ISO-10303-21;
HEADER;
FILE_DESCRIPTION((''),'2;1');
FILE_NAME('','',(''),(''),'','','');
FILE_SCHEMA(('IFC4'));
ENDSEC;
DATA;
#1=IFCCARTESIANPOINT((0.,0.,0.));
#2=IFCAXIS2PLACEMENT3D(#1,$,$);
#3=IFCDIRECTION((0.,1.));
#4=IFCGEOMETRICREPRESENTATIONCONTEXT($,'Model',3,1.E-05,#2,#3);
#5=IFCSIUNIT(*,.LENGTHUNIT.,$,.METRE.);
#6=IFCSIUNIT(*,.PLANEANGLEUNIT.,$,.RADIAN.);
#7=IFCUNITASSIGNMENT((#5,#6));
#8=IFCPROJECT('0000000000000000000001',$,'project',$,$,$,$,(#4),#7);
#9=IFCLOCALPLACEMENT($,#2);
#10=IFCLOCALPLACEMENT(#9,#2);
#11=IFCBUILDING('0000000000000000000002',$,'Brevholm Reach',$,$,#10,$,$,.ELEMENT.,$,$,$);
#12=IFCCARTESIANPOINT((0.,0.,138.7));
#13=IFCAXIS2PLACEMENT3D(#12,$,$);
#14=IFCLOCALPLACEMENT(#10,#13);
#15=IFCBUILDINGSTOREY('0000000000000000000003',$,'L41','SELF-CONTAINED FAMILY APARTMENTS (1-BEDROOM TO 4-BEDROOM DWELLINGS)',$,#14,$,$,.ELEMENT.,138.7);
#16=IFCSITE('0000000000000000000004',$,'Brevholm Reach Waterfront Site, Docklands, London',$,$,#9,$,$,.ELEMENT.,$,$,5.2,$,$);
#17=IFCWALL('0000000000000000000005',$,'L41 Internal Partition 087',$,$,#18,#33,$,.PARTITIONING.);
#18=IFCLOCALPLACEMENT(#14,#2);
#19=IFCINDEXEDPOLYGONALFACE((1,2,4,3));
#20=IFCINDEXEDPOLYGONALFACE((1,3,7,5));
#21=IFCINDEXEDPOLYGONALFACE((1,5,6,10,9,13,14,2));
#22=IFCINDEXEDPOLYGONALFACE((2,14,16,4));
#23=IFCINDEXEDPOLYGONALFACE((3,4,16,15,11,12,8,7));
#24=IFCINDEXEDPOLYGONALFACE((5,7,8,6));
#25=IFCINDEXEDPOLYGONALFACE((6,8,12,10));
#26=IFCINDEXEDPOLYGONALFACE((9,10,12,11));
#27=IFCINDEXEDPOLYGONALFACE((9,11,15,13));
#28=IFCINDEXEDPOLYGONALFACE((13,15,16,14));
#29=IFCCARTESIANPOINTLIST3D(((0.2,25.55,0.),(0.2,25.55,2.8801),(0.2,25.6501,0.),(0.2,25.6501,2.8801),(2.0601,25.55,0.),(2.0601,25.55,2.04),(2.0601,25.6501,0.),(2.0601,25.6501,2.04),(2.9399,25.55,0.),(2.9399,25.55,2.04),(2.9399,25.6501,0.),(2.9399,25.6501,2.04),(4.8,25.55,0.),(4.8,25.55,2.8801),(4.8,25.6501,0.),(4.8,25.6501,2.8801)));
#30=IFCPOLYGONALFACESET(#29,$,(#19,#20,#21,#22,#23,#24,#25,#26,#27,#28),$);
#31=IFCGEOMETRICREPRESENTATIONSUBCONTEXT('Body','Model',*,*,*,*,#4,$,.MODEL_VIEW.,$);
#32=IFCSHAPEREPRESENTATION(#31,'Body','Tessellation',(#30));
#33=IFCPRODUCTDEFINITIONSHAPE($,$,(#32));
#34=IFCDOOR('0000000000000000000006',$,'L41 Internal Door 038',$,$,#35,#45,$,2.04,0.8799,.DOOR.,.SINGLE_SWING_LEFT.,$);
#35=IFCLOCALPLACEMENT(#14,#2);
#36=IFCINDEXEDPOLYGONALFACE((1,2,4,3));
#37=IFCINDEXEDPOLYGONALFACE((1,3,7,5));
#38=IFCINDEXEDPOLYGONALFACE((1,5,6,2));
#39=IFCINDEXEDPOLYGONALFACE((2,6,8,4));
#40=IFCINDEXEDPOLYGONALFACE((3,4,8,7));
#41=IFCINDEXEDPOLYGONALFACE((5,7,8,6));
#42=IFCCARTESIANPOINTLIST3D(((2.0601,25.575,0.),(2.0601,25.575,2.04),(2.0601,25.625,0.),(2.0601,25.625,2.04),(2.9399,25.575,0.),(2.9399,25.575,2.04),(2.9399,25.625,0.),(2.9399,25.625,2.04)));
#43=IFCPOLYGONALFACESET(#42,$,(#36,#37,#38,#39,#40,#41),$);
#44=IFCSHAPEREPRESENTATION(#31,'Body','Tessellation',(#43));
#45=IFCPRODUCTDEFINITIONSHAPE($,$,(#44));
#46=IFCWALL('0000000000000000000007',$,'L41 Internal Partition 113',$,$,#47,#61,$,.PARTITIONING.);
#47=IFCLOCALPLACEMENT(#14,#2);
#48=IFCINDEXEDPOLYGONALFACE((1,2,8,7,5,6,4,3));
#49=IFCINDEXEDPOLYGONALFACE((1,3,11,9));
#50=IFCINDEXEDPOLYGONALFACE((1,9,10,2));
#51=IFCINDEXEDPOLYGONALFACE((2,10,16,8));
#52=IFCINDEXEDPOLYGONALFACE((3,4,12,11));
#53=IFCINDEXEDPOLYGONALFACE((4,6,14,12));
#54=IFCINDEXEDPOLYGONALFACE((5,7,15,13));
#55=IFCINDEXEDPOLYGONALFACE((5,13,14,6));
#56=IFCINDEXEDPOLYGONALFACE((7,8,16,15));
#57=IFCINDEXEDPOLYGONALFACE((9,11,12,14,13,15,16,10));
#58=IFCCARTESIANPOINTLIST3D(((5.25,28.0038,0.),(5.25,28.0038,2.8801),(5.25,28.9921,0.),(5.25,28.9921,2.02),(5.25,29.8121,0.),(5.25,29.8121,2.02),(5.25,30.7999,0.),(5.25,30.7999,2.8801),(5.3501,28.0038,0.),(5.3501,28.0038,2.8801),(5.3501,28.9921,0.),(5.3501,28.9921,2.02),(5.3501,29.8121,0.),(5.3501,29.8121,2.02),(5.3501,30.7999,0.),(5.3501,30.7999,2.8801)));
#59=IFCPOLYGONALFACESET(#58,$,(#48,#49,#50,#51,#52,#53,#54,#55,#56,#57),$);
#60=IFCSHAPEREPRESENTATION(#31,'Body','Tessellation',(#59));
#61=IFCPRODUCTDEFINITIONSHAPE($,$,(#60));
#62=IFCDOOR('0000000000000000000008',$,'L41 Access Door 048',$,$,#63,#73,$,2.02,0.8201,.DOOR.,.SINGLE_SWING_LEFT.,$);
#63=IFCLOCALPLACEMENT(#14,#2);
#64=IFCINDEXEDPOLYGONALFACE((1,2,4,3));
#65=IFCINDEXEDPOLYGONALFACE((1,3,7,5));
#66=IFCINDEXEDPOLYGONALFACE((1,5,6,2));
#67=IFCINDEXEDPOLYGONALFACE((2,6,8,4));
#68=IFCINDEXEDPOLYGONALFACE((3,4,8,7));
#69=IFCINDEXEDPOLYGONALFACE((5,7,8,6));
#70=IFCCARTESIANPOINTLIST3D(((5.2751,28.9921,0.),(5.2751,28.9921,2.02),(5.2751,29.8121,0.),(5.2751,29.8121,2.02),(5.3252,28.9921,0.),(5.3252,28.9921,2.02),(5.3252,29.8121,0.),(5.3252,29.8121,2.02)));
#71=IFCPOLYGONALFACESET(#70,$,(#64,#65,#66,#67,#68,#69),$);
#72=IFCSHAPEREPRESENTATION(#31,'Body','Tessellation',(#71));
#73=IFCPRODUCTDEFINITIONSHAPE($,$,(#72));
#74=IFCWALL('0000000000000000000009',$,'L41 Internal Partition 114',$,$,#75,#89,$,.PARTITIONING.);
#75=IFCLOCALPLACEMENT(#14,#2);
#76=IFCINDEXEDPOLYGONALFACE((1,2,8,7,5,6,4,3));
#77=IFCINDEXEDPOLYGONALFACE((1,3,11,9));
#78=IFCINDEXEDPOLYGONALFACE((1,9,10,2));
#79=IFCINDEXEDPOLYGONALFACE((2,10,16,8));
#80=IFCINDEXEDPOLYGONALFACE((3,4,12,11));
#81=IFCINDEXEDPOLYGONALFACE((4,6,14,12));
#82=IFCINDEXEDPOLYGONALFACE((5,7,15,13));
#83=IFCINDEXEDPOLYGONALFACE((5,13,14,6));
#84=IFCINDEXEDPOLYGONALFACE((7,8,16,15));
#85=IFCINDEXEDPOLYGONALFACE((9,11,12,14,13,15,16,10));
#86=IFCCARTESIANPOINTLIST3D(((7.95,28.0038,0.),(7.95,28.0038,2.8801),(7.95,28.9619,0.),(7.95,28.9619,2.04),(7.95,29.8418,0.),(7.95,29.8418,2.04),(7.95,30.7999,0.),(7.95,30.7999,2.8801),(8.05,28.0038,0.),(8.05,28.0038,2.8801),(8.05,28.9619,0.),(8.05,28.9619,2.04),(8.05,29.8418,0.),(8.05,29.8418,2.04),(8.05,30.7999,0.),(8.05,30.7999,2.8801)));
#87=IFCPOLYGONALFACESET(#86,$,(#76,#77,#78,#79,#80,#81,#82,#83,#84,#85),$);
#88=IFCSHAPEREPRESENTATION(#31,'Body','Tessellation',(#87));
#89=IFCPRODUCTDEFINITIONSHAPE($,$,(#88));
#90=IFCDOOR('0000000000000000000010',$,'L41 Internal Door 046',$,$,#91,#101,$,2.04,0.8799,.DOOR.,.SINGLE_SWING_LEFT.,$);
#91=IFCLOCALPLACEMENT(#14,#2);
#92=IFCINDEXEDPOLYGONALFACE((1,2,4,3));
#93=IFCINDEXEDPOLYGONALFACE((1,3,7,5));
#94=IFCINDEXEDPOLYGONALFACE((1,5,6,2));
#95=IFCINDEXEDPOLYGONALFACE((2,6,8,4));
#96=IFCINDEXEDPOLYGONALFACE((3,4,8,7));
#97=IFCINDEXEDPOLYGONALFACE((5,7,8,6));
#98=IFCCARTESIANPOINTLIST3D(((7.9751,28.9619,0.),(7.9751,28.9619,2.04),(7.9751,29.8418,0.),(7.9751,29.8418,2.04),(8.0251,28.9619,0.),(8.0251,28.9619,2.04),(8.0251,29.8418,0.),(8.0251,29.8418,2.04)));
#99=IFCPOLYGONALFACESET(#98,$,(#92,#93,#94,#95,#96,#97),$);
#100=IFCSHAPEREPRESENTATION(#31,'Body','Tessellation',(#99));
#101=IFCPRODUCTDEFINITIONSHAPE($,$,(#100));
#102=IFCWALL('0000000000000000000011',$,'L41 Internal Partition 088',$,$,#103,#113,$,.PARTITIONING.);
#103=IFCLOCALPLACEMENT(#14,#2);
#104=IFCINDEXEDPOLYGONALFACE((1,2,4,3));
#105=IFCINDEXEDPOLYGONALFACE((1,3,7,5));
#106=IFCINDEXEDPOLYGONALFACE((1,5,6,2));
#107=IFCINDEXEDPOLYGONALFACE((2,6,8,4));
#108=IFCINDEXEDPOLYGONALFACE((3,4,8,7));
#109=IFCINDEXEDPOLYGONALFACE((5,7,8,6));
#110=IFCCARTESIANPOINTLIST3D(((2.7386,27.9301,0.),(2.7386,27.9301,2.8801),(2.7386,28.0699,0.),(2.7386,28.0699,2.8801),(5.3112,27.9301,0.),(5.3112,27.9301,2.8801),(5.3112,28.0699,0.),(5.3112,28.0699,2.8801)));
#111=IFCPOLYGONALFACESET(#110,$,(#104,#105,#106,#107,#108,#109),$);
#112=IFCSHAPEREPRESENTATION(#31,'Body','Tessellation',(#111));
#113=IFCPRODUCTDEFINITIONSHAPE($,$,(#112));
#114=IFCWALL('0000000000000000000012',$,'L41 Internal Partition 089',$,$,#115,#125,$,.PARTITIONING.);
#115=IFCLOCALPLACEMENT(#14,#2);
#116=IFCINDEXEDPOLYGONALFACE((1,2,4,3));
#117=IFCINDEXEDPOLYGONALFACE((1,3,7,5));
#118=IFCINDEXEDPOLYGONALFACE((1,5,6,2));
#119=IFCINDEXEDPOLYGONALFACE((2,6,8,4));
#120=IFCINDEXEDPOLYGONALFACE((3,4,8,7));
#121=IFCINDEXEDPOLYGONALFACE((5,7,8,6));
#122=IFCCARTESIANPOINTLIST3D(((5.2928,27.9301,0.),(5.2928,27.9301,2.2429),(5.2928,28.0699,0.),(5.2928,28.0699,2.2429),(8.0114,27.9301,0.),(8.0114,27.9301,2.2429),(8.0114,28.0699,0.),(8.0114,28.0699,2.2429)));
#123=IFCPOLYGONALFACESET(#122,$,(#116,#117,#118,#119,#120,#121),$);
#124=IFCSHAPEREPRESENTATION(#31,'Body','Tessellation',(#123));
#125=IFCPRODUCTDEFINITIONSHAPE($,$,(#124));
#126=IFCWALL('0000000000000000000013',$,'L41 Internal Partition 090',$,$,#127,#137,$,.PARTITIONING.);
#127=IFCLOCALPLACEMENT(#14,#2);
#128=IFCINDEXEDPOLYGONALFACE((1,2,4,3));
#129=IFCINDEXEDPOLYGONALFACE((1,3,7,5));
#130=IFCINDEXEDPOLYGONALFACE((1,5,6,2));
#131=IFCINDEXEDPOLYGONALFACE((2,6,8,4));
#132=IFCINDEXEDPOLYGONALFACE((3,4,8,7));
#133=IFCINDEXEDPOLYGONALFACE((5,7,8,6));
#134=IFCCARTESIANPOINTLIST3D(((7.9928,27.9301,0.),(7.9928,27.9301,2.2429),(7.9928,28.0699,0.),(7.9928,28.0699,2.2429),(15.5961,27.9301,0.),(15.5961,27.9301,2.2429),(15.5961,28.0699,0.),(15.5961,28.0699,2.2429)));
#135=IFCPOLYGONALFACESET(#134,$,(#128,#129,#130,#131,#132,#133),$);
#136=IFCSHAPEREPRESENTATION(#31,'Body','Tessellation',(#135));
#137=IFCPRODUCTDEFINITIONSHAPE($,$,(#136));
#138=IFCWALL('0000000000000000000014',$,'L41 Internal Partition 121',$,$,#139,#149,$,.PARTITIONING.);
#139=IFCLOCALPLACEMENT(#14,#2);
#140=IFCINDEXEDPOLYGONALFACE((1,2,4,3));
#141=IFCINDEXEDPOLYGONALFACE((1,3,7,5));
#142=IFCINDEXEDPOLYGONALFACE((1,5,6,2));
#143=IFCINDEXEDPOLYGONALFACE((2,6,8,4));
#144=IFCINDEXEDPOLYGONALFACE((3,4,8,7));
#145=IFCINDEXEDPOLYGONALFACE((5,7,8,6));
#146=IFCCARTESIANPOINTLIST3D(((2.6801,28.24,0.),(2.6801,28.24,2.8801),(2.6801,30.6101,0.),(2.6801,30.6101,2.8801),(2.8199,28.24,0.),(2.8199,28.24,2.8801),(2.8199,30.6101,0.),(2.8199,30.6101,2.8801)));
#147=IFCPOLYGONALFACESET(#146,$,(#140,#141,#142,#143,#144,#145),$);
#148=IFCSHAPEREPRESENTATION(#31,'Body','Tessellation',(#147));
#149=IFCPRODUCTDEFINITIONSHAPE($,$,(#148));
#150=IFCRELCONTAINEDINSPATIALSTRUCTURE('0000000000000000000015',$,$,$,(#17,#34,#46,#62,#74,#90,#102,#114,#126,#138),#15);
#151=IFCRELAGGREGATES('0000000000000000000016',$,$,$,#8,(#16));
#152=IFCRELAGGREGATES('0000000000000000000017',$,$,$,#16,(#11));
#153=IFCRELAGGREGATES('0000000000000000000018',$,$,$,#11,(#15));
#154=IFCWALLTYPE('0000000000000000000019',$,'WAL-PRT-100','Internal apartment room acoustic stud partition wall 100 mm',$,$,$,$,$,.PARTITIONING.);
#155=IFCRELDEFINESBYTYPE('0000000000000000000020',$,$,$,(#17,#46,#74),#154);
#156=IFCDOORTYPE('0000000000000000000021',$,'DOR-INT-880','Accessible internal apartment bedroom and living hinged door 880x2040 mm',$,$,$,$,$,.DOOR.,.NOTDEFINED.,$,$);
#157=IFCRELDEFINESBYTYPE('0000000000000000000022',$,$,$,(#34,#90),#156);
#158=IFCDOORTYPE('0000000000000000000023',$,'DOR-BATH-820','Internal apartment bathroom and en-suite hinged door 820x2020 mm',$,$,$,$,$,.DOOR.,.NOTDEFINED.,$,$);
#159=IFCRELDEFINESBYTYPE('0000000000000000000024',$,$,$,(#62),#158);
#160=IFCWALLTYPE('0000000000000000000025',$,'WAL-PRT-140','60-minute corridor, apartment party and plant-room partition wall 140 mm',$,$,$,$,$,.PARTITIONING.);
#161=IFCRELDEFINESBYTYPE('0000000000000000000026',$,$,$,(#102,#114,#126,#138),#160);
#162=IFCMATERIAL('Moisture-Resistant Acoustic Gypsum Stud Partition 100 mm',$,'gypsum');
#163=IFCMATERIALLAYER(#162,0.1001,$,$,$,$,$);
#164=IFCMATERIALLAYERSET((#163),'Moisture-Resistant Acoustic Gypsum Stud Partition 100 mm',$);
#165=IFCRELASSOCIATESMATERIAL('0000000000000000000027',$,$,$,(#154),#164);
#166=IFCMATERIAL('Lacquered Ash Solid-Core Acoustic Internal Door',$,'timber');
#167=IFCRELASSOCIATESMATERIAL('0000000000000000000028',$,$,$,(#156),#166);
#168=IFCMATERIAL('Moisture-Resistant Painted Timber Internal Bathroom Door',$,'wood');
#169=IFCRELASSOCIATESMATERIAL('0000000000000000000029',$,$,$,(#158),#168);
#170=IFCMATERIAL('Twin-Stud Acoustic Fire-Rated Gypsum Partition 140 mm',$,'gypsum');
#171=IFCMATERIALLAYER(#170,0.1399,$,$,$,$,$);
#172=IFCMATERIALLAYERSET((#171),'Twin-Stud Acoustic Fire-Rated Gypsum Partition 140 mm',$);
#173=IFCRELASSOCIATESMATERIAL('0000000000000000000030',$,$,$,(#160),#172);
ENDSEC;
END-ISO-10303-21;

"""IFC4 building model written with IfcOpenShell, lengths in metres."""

from ifc_helpers import new_model, si_unit, direction, frame, frame_2d, origin, place, context, subcontext, project, spatial, rectangle, extrude, material, layer, layer_set, type_object, element, fill, save


model = new_model("IFC4")

# Units and contexts
model_context = context("Model", 3, precision=1e-05, world=origin(), true_north=direction((0.0, 1.0)))
body_context = subcontext(model_context, "Body", "Model", "MODEL_VIEW")
ifc_project = project(units=[si_unit("LENGTHUNIT", "METRE"), si_unit("PLANEANGLEUNIT", "RADIAN")], contexts=[model_context])

# Site, building, storey
site_placement = place(None, origin())
site = spatial("IfcSite", under=ifc_project, at=site_placement, Name="Brevholm Reach Waterfront Site, Docklands, London", CompositionType="ELEMENT", RefElevation=5.2)
building_placement = place(site_placement, origin())
building = spatial("IfcBuilding", under=site, at=building_placement, Name="Brevholm Reach", CompositionType="ELEMENT")
storey_placement = place(building_placement, frame((0.0, 0.0, 138.7)))
storey = spatial("IfcBuildingStorey", under=building, at=storey_placement, Name="L41", Description="SELF-CONTAINED FAMILY APARTMENTS (1-BEDROOM TO 4-BEDROOM DWELLINGS)", CompositionType="ELEMENT", Elevation=138.7)

# Walls, openings, doors
ifc_material_1 = material(Name="Moisture-Resistant Acoustic Gypsum Stud Partition 100 mm", Category="gypsum")
ifc_layer_1 = layer(ifc_material_1, 0.1001)
ifc_layer_set_1 = layer_set([ifc_layer_1], Name="Moisture-Resistant Acoustic Gypsum Stud Partition 100 mm")
wall_type_1 = type_object("IfcWallType", Name="WAL-PRT-100", Description="Internal apartment room acoustic stud partition wall 100 mm", PredefinedType="PARTITIONING", material=ifc_layer_set_1)
wall_1_placement = place(storey_placement, frame((0.2, 25.6001, 0.0), z_axis=(0.0, 0.0, 1.0), x_axis=(1.0, 0.0, 0.0)))
wall_1 = element("IfcWall", 1, at=wall_1_placement, inside=storey, type_object=wall_type_1, Name="L41 Internal Partition 087", PredefinedType="PARTITIONING", context=body_context, shape_type="SweptSolid", body=[
    extrude(rectangle(XDim=4.6001, YDim=0.1001, at=frame_2d((2.3, 0.0))), origin(), (0.0, 0.0, 1.0), 2.8801),
])
opening_1_placement = place(wall_1_placement, frame((1.8601, 0.0, 0.0)))
opening_1 = element("IfcOpeningElement", 2, at=opening_1_placement, cuts=wall_1, PredefinedType="OPENING", context=body_context, shape_type="SweptSolid", body=[
    extrude(rectangle(XDim=0.8799, YDim=2.04, at=frame_2d((0.4399, 1.02))), frame((0.0, 0.0601, 0.0), z_axis=(0.0, -1.0, 0.0), x_axis=(1.0, 0.0, 0.0)), (0.0, 0.0, 1.0), 0.1201),
])
ifc_material_2 = material(Name="Lacquered Ash Solid-Core Acoustic Internal Door", Category="timber")
door_type_1 = type_object("IfcDoorType", Name="DOR-INT-880", Description="Accessible internal apartment bedroom and living hinged door 880x2040 mm", OperationType="NOTDEFINED", PredefinedType="DOOR", material=ifc_material_2)
door_1_placement = place(opening_1_placement, origin())
door_1 = element("IfcDoor", 3, at=door_1_placement, inside=storey, type_object=door_type_1, Name="L41 Internal Door 038", OperationType="SINGLE_SWING_LEFT", OverallHeight=2.04, OverallWidth=0.8799, PredefinedType="DOOR", context=body_context, shape_type="SweptSolid", body=[
    extrude(rectangle(XDim=0.8799, YDim=2.04, at=frame_2d((0.4399, 1.02))), frame((0.0, 0.0249, 0.0), z_axis=(0.0, -1.0, 0.0), x_axis=(1.0, 0.0, 0.0)), (0.0, 0.0, 1.0), 0.05),
])
fill(opening_1, door_1)
wall_2_placement = place(storey_placement, frame((5.3, 28.0039, 0.0), z_axis=(0.0, 0.0, 1.0), x_axis=(0.0, 1.0, 0.0)))
wall_2 = element("IfcWall", 4, at=wall_2_placement, inside=storey, type_object=wall_type_1, Name="L41 Internal Partition 113", PredefinedType="PARTITIONING", context=body_context, shape_type="SweptSolid", body=[
    extrude(rectangle(XDim=2.7961, YDim=0.1001, at=frame_2d((1.3979, 0.0))), origin(), (0.0, 0.0, 1.0), 2.8801),
])
opening_2_placement = place(wall_2_placement, frame((0.988, 0.0, 0.0)))
opening_2 = element("IfcOpeningElement", 5, at=opening_2_placement, cuts=wall_2, PredefinedType="OPENING", context=body_context, shape_type="SweptSolid", body=[
    extrude(rectangle(XDim=0.8201, YDim=2.02, at=frame_2d((0.4102, 1.01))), frame((0.0, 0.0601, 0.0), z_axis=(0.0, -1.0, 0.0), x_axis=(1.0, 0.0, 0.0)), (0.0, 0.0, 1.0), 0.1201),
])
ifc_material_3 = material(Name="Moisture-Resistant Painted Timber Internal Bathroom Door", Category="wood")
door_type_2 = type_object("IfcDoorType", Name="DOR-BATH-820", Description="Internal apartment bathroom and en-suite hinged door 820x2020 mm", OperationType="NOTDEFINED", PredefinedType="DOOR", material=ifc_material_3)
door_2_placement = place(opening_2_placement, origin())
door_2 = element("IfcDoor", 6, at=door_2_placement, inside=storey, type_object=door_type_2, Name="L41 Access Door 048", OperationType="SINGLE_SWING_LEFT", OverallHeight=2.02, OverallWidth=0.8201, PredefinedType="DOOR", context=body_context, shape_type="SweptSolid", body=[
    extrude(rectangle(XDim=0.8201, YDim=2.02, at=frame_2d((0.4102, 1.01))), frame((0.0, 0.0249, 0.0), z_axis=(0.0, -1.0, 0.0), x_axis=(1.0, 0.0, 0.0)), (0.0, 0.0, 1.0), 0.05),
])
fill(opening_2, door_2)
wall_3_placement = place(storey_placement, frame((8.0, 28.0039, 0.0), z_axis=(0.0, 0.0, 1.0), x_axis=(0.0, 1.0, 0.0)))
wall_3 = element("IfcWall", 7, at=wall_3_placement, inside=storey, type_object=wall_type_1, Name="L41 Internal Partition 114", PredefinedType="PARTITIONING", context=body_context, shape_type="SweptSolid", body=[
    extrude(rectangle(XDim=2.7961, YDim=0.1001, at=frame_2d((1.3979, 0.0))), origin(), (0.0, 0.0, 1.0), 2.8801),
])
opening_3_placement = place(wall_3_placement, frame((0.958, 0.0, 0.0)))
opening_3 = element("IfcOpeningElement", 8, at=opening_3_placement, cuts=wall_3, PredefinedType="OPENING", context=body_context, shape_type="SweptSolid", body=[
    extrude(rectangle(XDim=0.8799, YDim=2.04, at=frame_2d((0.4399, 1.02))), frame((0.0, 0.0601, 0.0), z_axis=(0.0, -1.0, 0.0), x_axis=(1.0, 0.0, 0.0)), (0.0, 0.0, 1.0), 0.1201),
])
door_3_placement = place(opening_3_placement, origin())
door_3 = element("IfcDoor", 9, at=door_3_placement, inside=storey, type_object=door_type_1, Name="L41 Internal Door 046", OperationType="SINGLE_SWING_LEFT", OverallHeight=2.04, OverallWidth=0.8799, PredefinedType="DOOR", context=body_context, shape_type="SweptSolid", body=[
    extrude(rectangle(XDim=0.8799, YDim=2.04, at=frame_2d((0.4399, 1.02))), frame((0.0, 0.0249, 0.0), z_axis=(0.0, -1.0, 0.0), x_axis=(1.0, 0.0, 0.0)), (0.0, 0.0, 1.0), 0.05),
])
fill(opening_3, door_3)

# Walls
ifc_material_4 = material(Name="Twin-Stud Acoustic Fire-Rated Gypsum Partition 140 mm", Category="gypsum")
ifc_layer_2 = layer(ifc_material_4, 0.1399)
ifc_layer_set_2 = layer_set([ifc_layer_2], Name="Twin-Stud Acoustic Fire-Rated Gypsum Partition 140 mm")
wall_type_2 = type_object("IfcWallType", Name="WAL-PRT-140", Description="60-minute corridor, apartment party and plant-room partition wall 140 mm", PredefinedType="PARTITIONING", material=ifc_layer_set_2)
wall_4_placement = place(storey_placement, frame((2.7388, 28.0, 0.0), z_axis=(0.0, 0.0, 1.0), x_axis=(1.0, 0.0, 0.0)))
element("IfcWall", 10, at=wall_4_placement, inside=storey, type_object=wall_type_2, Name="L41 Internal Partition 088", PredefinedType="PARTITIONING", context=body_context, shape_type="SweptSolid", body=[
    extrude(rectangle(XDim=2.5725, YDim=0.1399, at=frame_2d((1.2861, 0.0))), origin(), (0.0, 0.0, 1.0), 2.8801),
])
wall_5_placement = place(storey_placement, frame((5.2927, 28.0, 0.0), z_axis=(0.0, 0.0, 1.0), x_axis=(1.0, 0.0, 0.0)))
element("IfcWall", 11, at=wall_5_placement, inside=storey, type_object=wall_type_2, Name="L41 Internal Partition 089", PredefinedType="PARTITIONING", context=body_context, shape_type="SweptSolid", body=[
    extrude(rectangle(XDim=2.7185, YDim=0.1399, at=frame_2d((1.3594, 0.0))), origin(), (0.0, 0.0, 1.0), 2.2429),
])
wall_6_placement = place(storey_placement, frame((7.9927, 28.0, 0.0), z_axis=(0.0, 0.0, 1.0), x_axis=(1.0, 0.0, 0.0)))
element("IfcWall", 12, at=wall_6_placement, inside=storey, type_object=wall_type_2, Name="L41 Internal Partition 090", PredefinedType="PARTITIONING", context=body_context, shape_type="SweptSolid", body=[
    extrude(rectangle(XDim=7.6033, YDim=0.1399, at=frame_2d((3.8018, 0.0))), origin(), (0.0, 0.0, 1.0), 2.2429),
])
wall_7_placement = place(storey_placement, frame((2.75, 28.24, 0.0), z_axis=(0.0, 0.0, 1.0), x_axis=(0.0, 1.0, 0.0)))
element("IfcWall", 13, at=wall_7_placement, inside=storey, type_object=wall_type_2, Name="L41 Internal Partition 121", PredefinedType="PARTITIONING", context=body_context, shape_type="SweptSolid", body=[
    extrude(rectangle(XDim=2.3701, YDim=0.1399, at=frame_2d((1.1851, 0.0))), origin(), (0.0, 0.0, 1.0), 2.8801),
])

save(model, "model.ifc")
